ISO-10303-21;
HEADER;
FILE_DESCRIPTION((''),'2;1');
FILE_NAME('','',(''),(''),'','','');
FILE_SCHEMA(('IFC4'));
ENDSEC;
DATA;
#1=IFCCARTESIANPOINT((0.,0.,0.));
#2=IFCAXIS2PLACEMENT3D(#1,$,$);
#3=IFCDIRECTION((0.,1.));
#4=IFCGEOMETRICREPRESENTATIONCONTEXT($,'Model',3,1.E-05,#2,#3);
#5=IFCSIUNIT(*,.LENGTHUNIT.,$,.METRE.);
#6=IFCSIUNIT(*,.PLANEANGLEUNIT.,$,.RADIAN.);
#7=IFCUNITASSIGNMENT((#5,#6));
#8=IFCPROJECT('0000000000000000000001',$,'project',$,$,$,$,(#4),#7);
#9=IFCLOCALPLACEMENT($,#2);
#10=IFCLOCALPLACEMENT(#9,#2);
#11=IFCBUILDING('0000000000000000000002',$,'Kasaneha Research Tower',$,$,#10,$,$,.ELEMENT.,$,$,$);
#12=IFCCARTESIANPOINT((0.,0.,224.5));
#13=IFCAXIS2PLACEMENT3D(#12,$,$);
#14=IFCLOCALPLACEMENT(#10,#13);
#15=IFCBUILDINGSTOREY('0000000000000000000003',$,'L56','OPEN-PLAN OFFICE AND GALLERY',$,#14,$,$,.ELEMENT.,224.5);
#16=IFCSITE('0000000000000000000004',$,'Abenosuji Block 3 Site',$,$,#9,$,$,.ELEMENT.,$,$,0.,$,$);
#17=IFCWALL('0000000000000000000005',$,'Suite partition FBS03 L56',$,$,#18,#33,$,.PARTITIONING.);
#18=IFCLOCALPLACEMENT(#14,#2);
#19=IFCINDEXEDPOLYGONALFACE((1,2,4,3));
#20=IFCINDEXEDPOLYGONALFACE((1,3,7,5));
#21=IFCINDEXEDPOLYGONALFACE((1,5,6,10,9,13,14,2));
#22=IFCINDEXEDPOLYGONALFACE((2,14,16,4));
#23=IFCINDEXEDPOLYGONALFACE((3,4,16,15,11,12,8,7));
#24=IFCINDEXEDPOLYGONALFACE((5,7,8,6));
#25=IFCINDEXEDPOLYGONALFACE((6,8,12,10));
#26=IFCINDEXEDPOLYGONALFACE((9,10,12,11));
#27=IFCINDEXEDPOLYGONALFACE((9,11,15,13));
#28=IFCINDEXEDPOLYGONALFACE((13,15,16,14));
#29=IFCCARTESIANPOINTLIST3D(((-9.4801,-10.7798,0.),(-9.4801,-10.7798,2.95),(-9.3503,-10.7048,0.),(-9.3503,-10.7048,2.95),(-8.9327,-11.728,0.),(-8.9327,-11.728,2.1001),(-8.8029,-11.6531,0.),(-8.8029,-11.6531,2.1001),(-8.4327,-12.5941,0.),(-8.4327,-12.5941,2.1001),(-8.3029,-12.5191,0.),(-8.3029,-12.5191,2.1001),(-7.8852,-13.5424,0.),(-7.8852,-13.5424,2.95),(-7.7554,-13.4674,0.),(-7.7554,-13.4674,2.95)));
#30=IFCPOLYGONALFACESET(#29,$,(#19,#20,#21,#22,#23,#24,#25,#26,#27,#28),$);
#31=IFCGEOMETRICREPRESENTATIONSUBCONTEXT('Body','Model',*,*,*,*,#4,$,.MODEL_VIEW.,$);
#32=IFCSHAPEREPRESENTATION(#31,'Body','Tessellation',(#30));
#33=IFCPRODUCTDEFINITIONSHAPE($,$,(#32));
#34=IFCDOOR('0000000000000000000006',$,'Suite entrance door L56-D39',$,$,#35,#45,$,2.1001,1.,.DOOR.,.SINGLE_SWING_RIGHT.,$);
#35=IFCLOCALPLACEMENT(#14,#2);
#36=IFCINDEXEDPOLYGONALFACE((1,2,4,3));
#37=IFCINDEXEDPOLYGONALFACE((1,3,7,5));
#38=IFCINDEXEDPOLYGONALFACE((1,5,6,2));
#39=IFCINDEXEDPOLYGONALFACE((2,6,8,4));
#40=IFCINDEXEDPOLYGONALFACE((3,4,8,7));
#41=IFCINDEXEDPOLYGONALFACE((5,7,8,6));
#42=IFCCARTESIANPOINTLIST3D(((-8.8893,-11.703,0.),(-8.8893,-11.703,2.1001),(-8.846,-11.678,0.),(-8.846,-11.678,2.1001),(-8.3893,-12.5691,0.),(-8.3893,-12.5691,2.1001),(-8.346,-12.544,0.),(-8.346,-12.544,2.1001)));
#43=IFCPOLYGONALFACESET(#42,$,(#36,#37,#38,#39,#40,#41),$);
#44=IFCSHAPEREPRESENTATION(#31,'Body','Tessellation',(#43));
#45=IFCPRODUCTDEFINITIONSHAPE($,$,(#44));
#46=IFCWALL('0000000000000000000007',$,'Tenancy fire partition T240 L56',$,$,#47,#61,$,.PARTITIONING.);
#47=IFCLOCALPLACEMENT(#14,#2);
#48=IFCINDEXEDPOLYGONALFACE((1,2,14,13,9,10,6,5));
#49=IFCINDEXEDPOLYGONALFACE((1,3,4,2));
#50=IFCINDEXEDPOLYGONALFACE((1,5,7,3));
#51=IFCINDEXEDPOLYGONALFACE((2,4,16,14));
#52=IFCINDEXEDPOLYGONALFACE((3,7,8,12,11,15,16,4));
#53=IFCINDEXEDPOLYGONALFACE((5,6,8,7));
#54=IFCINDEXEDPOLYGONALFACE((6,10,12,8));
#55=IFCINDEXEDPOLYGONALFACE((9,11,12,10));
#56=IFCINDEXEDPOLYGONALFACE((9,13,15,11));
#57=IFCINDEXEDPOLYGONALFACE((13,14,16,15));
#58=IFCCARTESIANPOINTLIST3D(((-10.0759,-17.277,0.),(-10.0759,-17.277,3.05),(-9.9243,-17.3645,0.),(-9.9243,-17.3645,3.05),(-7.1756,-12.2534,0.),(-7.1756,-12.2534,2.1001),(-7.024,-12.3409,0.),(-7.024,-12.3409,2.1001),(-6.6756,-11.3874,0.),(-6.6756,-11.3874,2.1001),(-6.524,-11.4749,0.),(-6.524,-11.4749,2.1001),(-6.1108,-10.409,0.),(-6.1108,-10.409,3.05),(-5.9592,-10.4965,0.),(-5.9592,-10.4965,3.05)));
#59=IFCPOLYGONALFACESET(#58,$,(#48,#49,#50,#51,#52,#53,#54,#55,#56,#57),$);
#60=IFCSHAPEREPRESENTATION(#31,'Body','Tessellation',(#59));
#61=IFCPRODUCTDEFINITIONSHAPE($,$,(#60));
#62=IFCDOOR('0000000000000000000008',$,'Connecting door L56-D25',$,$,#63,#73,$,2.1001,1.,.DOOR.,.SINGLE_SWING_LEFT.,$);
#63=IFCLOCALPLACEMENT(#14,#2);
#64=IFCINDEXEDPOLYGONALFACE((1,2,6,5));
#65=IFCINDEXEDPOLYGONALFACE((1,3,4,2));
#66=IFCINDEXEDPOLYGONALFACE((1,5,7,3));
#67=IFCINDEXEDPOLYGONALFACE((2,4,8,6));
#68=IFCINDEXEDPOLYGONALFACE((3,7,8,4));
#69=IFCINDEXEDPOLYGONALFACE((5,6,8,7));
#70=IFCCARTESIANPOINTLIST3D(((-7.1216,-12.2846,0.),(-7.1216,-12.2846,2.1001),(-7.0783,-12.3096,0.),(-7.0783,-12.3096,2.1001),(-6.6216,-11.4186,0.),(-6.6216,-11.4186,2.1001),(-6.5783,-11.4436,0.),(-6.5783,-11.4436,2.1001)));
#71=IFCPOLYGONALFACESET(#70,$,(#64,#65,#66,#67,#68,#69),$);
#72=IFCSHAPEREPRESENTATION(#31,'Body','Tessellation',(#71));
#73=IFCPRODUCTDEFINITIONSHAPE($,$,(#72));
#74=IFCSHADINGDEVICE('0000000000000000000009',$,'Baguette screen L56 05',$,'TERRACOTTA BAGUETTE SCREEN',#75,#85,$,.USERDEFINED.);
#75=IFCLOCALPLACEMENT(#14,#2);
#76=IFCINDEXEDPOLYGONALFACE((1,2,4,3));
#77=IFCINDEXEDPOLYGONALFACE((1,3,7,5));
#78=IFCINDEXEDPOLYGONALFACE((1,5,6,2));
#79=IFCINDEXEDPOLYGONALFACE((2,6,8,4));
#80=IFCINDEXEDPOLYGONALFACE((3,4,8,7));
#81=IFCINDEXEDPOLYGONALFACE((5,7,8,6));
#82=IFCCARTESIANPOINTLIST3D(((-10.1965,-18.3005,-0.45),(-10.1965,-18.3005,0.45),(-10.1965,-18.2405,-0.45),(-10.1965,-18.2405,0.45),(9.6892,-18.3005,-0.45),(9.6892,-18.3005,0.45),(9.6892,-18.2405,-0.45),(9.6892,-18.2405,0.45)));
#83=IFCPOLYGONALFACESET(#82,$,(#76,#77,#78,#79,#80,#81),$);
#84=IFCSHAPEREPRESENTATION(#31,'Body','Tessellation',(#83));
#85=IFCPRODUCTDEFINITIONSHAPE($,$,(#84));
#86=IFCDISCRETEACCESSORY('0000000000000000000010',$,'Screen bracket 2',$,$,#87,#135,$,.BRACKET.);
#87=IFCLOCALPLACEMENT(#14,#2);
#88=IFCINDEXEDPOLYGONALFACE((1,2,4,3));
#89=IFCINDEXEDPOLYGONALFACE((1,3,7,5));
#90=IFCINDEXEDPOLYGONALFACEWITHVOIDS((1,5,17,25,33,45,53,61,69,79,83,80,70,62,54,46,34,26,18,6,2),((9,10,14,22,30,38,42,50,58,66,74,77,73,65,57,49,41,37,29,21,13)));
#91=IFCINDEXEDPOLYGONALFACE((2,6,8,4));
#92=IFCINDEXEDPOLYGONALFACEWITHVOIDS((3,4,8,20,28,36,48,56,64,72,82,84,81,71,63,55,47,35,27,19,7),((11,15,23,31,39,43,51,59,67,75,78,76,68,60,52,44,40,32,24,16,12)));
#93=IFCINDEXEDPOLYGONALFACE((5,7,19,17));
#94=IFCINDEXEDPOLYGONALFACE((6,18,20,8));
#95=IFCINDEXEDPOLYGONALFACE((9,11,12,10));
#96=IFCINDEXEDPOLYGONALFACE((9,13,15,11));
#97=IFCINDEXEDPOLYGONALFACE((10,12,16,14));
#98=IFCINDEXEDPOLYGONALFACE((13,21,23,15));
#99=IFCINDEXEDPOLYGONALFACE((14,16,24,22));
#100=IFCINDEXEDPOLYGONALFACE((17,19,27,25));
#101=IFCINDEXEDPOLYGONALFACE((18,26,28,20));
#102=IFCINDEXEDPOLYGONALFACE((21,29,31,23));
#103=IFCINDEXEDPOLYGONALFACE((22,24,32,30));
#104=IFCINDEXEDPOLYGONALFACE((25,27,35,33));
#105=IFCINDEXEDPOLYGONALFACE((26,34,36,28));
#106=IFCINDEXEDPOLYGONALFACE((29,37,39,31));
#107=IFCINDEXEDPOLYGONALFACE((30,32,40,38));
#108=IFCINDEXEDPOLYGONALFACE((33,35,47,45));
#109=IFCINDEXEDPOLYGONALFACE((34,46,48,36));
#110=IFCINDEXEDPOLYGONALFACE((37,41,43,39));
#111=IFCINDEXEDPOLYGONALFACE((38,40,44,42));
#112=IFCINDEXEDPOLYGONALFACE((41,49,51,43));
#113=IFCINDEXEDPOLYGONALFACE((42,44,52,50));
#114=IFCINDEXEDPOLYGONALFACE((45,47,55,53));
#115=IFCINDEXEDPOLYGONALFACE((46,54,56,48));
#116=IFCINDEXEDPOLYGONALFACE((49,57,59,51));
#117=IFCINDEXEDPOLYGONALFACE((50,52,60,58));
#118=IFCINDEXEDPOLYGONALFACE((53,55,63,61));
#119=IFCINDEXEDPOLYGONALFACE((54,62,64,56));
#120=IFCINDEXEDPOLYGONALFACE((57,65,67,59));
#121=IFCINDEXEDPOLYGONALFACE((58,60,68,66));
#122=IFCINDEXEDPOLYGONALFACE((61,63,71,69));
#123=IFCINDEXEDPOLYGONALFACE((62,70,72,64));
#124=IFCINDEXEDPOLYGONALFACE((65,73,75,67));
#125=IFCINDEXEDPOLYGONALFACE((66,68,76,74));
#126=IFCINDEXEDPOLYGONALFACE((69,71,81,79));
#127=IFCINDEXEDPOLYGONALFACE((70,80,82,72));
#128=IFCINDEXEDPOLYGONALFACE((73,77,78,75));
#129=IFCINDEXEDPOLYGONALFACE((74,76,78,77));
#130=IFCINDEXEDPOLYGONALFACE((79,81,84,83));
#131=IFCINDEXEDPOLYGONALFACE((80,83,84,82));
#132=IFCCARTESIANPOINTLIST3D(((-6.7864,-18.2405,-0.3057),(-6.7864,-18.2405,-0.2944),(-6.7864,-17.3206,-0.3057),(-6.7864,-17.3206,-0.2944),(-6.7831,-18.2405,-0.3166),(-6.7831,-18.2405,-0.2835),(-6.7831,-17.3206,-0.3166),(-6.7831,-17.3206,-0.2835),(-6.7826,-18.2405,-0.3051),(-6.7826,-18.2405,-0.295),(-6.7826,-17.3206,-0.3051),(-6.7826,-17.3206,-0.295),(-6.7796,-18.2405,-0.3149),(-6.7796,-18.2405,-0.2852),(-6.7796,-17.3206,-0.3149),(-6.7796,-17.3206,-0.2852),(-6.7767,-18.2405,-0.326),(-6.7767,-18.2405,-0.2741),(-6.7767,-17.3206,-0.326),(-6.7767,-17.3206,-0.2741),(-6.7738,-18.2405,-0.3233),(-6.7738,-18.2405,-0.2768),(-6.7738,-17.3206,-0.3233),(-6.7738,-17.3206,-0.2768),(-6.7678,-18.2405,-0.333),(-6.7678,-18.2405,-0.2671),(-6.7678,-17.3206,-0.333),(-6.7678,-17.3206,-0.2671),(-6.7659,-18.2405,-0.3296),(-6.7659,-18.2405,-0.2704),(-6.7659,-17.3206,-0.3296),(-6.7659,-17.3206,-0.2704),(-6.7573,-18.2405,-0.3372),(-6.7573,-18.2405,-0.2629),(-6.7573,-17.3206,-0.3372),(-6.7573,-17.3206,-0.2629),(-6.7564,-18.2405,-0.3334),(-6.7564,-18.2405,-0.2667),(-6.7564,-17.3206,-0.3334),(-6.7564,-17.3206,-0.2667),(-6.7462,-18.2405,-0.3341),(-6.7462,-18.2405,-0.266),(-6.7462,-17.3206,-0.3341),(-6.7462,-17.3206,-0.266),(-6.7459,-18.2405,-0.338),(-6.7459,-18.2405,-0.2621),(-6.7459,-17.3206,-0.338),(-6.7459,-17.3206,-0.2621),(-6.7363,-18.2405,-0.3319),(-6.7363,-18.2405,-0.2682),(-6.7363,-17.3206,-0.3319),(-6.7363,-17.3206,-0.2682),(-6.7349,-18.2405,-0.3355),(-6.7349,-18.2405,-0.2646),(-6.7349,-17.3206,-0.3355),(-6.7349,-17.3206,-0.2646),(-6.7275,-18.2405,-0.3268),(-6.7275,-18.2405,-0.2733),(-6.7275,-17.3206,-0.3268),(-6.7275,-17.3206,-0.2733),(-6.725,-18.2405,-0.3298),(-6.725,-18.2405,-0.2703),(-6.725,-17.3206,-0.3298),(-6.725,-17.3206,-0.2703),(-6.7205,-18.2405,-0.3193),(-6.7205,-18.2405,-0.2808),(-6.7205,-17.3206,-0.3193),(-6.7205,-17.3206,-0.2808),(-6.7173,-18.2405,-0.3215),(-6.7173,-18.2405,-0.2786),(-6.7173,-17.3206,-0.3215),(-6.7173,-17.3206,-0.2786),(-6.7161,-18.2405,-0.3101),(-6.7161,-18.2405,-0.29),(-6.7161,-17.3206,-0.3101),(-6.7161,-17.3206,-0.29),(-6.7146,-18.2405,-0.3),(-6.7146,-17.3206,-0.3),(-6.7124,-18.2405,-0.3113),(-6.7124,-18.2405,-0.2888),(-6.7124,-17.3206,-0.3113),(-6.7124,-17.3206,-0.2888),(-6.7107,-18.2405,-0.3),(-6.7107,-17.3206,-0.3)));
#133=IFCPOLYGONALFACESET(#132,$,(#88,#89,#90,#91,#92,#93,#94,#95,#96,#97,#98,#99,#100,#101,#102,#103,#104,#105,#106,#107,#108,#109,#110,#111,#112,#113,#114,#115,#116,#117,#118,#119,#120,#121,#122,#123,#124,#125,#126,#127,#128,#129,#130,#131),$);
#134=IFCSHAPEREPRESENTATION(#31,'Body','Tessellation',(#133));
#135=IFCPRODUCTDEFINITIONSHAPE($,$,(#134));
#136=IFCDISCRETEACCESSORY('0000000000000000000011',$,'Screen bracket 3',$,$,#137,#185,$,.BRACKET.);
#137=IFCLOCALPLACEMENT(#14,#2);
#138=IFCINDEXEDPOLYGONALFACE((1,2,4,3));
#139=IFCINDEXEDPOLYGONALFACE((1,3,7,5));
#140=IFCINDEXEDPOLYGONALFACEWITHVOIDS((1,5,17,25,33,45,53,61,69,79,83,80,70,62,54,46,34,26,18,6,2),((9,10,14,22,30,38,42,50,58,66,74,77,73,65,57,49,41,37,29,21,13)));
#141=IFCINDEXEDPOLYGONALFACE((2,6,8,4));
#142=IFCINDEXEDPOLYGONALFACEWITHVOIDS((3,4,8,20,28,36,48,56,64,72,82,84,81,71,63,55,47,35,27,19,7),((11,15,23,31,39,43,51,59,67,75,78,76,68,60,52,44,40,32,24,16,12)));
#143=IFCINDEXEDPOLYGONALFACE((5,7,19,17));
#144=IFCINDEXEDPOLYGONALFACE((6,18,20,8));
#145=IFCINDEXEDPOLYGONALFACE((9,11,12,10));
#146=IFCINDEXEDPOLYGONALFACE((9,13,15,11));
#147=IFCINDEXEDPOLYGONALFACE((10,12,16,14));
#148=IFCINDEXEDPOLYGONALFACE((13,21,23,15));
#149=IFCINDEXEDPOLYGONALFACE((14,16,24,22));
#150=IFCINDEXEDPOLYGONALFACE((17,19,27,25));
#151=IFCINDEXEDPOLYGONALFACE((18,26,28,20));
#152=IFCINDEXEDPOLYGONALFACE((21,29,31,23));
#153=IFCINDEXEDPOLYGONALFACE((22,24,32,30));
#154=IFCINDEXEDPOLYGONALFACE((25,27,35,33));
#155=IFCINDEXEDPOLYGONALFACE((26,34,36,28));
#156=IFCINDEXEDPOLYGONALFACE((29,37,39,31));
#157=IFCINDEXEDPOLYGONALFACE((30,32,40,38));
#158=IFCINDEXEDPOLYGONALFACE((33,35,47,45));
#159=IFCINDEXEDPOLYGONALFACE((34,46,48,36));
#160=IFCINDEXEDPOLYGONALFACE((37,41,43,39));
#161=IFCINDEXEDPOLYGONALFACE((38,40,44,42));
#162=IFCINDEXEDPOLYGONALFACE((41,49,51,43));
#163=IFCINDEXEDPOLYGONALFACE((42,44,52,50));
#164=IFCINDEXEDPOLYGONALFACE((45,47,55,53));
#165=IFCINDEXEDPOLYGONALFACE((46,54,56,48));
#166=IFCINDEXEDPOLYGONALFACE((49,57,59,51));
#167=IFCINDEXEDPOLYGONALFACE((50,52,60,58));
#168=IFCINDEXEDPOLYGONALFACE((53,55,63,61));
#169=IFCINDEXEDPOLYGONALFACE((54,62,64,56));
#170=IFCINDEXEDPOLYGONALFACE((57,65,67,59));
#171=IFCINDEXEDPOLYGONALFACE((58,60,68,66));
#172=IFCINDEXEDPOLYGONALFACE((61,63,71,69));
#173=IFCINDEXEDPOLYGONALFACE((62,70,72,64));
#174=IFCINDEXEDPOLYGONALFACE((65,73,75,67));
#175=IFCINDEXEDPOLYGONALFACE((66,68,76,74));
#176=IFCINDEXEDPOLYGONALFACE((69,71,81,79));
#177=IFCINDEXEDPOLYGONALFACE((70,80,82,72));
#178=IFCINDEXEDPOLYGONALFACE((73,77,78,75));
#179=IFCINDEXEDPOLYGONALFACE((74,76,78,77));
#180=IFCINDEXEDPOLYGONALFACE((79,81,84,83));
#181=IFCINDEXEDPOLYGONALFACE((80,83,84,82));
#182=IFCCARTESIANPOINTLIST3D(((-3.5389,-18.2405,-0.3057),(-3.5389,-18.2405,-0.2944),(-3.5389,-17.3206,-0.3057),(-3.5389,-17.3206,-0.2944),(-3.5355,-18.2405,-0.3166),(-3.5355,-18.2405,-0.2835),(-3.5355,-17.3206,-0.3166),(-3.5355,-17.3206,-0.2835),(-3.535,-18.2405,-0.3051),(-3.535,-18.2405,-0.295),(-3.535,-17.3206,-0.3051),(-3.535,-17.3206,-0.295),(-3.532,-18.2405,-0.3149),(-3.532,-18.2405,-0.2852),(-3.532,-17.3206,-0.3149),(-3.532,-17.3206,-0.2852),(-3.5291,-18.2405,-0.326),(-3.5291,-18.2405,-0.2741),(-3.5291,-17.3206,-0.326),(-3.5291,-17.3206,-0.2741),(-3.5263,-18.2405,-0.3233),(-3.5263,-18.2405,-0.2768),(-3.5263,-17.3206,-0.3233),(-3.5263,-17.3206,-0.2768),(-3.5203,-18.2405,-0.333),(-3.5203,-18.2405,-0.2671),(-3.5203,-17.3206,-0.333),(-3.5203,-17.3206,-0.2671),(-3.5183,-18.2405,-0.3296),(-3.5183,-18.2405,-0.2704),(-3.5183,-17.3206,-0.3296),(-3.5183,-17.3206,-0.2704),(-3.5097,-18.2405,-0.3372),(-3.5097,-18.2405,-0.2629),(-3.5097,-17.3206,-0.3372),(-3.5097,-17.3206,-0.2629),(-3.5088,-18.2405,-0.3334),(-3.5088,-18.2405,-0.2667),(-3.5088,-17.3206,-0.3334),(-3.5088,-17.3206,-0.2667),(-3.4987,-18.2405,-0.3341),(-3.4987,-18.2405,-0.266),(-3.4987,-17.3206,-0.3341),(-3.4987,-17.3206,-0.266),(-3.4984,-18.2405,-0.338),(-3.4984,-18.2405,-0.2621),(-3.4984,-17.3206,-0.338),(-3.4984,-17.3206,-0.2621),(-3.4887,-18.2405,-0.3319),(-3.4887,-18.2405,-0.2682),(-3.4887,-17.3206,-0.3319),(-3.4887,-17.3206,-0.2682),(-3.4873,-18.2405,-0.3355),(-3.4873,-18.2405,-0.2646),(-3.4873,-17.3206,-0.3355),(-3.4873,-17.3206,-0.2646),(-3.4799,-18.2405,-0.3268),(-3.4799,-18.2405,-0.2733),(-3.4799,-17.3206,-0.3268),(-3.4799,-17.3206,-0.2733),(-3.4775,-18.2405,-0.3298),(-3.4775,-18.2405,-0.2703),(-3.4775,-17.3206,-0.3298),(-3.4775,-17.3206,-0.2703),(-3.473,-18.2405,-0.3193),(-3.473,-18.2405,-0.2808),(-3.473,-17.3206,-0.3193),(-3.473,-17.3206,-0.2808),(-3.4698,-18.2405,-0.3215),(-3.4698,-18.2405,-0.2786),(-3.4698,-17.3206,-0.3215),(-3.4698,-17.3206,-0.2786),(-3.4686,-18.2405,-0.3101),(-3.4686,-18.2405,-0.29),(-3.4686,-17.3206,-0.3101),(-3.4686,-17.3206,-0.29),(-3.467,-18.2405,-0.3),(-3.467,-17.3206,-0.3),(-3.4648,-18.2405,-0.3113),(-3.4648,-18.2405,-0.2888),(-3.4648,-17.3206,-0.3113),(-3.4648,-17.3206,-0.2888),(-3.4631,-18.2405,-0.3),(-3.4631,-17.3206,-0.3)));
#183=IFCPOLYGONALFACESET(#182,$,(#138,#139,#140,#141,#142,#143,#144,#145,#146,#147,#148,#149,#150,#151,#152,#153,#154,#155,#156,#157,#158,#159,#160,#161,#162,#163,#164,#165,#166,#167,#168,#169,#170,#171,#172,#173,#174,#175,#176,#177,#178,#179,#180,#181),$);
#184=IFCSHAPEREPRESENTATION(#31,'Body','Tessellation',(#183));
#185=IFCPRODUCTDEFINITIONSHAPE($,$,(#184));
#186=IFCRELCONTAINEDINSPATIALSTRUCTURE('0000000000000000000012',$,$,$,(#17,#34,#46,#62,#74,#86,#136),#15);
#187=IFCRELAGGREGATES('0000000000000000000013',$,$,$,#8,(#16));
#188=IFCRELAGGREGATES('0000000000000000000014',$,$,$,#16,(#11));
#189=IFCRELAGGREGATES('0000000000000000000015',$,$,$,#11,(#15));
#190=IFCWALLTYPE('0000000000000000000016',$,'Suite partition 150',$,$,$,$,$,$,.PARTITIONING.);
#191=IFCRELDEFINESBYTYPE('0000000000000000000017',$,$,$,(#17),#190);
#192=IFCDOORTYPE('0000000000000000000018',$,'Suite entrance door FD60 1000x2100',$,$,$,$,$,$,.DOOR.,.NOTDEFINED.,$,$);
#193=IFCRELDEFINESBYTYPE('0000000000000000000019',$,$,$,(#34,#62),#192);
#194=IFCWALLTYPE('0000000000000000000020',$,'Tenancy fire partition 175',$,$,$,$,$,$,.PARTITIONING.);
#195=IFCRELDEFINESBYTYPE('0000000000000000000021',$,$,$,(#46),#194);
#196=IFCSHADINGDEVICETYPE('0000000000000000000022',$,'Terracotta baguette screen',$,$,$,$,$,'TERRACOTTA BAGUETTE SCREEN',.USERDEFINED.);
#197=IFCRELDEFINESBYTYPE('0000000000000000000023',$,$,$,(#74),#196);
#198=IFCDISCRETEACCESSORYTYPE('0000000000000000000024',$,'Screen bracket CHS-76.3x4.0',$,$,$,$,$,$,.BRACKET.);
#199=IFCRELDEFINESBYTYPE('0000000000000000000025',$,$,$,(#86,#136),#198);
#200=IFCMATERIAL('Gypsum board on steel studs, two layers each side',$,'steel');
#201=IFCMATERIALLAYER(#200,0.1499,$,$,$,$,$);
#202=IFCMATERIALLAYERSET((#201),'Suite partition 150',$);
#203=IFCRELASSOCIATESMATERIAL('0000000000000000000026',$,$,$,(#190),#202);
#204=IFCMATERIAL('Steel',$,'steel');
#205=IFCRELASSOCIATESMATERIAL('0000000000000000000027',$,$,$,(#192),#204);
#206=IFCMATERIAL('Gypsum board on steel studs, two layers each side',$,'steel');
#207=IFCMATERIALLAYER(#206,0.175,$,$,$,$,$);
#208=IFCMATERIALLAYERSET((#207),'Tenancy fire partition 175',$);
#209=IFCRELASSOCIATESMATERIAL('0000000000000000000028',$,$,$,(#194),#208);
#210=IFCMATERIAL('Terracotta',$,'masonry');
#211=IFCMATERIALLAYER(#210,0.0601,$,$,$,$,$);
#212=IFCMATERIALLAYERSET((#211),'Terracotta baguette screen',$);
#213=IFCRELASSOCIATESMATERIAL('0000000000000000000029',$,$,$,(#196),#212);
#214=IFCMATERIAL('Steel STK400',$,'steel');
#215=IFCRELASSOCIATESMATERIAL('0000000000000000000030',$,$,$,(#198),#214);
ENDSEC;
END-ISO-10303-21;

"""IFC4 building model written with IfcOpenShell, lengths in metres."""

from ifc_helpers import new_model, si_unit, direction, frame, frame_2d, origin, origin_2d, place, context, subcontext, project, spatial, rectangle, hollow_circle, extrude, material, layer, layer_set, material_profile, profile_set, type_object, element, fill, save


model = new_model("IFC4")

# Units and contexts
model_context = context("Model", 3, precision=1e-05, world=origin(), true_north=direction((0.0, 1.0)))
body_context = subcontext(model_context, "Body", "Model", "MODEL_VIEW")
ifc_project = project(units=[si_unit("LENGTHUNIT", "METRE"), si_unit("PLANEANGLEUNIT", "RADIAN")], contexts=[model_context])

# Site, building, storey
site_placement = place(None, origin())
site = spatial("IfcSite", under=ifc_project, at=site_placement, Name="Abenosuji Block 3 Site", CompositionType="ELEMENT", RefElevation=0.0)
building_placement = place(site_placement, origin())
building = spatial("IfcBuilding", under=site, at=building_placement, Name="Kasaneha Research Tower", CompositionType="ELEMENT")
storey_placement = place(building_placement, frame((0.0, 0.0, 224.5)))
storey = spatial("IfcBuildingStorey", under=building, at=storey_placement, Name="L56", Description="OPEN-PLAN OFFICE AND GALLERY", CompositionType="ELEMENT", Elevation=224.5)

# Walls, openings, doors
ifc_material_1 = material(Name="Gypsum board on steel studs, two layers each side", Category="steel")
ifc_layer_1 = layer(ifc_material_1, 0.1499)
ifc_layer_set_1 = layer_set([ifc_layer_1], Name="Suite partition 150")
wall_type_1 = type_object("IfcWallType", Name="Suite partition 150", PredefinedType="PARTITIONING", material=ifc_layer_set_1)
wall_1_placement = place(storey_placement, frame((-7.8203, -13.5049, 0.0), z_axis=(0.0, 0.0, 1.0), x_axis=(-0.499983, 0.866035, 0.0)))
wall_1 = element("IfcWall", 1, at=wall_1_placement, inside=storey, type_object=wall_type_1, Name="Suite partition FBS03 L56", PredefinedType="PARTITIONING", context=body_context, shape_type="SweptSolid", body=[
    extrude(rectangle(XDim=3.1899, YDim=0.1499, at=frame_2d((1.595, 0.0))), origin(), (0.0, 0.0, 1.0), 2.95),
])
opening_1_placement = place(wall_1_placement, frame((1.095, 0.0, 0.0)))
opening_1 = element("IfcOpeningElement", 2, at=opening_1_placement, cuts=wall_1, PredefinedType="OPENING", context=body_context, shape_type="SweptSolid", body=[
    extrude(rectangle(XDim=1.0, YDim=2.1001, at=frame_2d((0.5, 1.05))), frame((0.0, 0.085, 0.0), z_axis=(0.0, -1.0, 0.0), x_axis=(1.0, 0.0, 0.0)), (0.0, 0.0, 1.0), 0.1699),
])
ifc_material_2 = material(Name="Steel", Category="steel")
door_type_1 = type_object("IfcDoorType", Name="Suite entrance door FD60 1000x2100", OperationType="NOTDEFINED", PredefinedType="DOOR", material=ifc_material_2)
door_1_placement = place(opening_1_placement, origin())
door_1 = element("IfcDoor", 3, at=door_1_placement, inside=storey, type_object=door_type_1, Name="Suite entrance door L56-D39", OperationType="SINGLE_SWING_RIGHT", OverallHeight=2.1001, OverallWidth=1.0, PredefinedType="DOOR", context=body_context, shape_type="SweptSolid", body=[
    extrude(rectangle(XDim=1.0, YDim=2.1001, at=frame_2d((0.5, 1.05))), frame((0.0, 0.0249, 0.0), z_axis=(0.0, -1.0, 0.0), x_axis=(1.0, 0.0, 0.0)), (0.0, 0.0, 1.0), 0.05),
])
fill(opening_1, door_1)
ifc_material_3 = material(Name="Gypsum board on steel studs, two layers each side", Category="steel")
ifc_layer_2 = layer(ifc_material_3, 0.175)
ifc_layer_set_2 = layer_set([ifc_layer_2], Name="Tenancy fire partition 175")
wall_type_2 = type_object("IfcWallType", Name="Tenancy fire partition 175", PredefinedType="PARTITIONING", material=ifc_layer_set_2)
wall_2_placement = place(storey_placement, frame((-6.0349, -10.4526, 0.0), z_axis=(0.0, 0.0, 1.0), x_axis=(-0.49999, -0.866031, 0.0)))
wall_2 = element("IfcWall", 4, at=wall_2_placement, inside=storey, type_object=wall_type_2, Name="Tenancy fire partition T240 L56", PredefinedType="PARTITIONING", context=body_context, shape_type="SweptSolid", body=[
    extrude(rectangle(XDim=7.9304, YDim=0.175, at=frame_2d((3.9653, 0.0))), origin(), (0.0, 0.0, 1.0), 3.05),
])
opening_2_placement = place(wall_2_placement, frame((1.1299, 0.0, 0.0)))
opening_2 = element("IfcOpeningElement", 5, at=opening_2_placement, cuts=wall_2, PredefinedType="OPENING", context=body_context, shape_type="SweptSolid", body=[
    extrude(rectangle(XDim=1.0, YDim=2.1001, at=frame_2d((0.5, 1.05))), frame((0.0, 0.0977, 0.0), z_axis=(0.0, -1.0, 0.0), x_axis=(1.0, 0.0, 0.0)), (0.0, 0.0, 1.0), 0.1951),
])
door_2_placement = place(opening_2_placement, origin())
door_2 = element("IfcDoor", 6, at=door_2_placement, inside=storey, type_object=door_type_1, Name="Connecting door L56-D25", OperationType="SINGLE_SWING_LEFT", OverallHeight=2.1001, OverallWidth=1.0, PredefinedType="DOOR", context=body_context, shape_type="SweptSolid", body=[
    extrude(rectangle(XDim=1.0, YDim=2.1001, at=frame_2d((0.5, 1.05))), frame((0.0, 0.0249, 0.0), z_axis=(0.0, -1.0, 0.0), x_axis=(1.0, 0.0, 0.0)), (0.0, 0.0, 1.0), 0.05),
])
fill(opening_2, door_2)

# Shading device
ifc_material_4 = material(Name="Terracotta", Category="masonry")
ifc_layer_3 = layer(ifc_material_4, 0.0601)
ifc_layer_set_3 = layer_set([ifc_layer_3], Name="Terracotta baguette screen")
shading_device_type = type_object("IfcShadingDeviceType", Name="Terracotta baguette screen", ElementType="TERRACOTTA BAGUETTE SCREEN", PredefinedType="USERDEFINED", material=ifc_layer_set_3)
shading_device_placement = place(storey_placement, frame((-0.2537, -18.2705, -0.45), z_axis=(0.0, 0.0, 1.0), x_axis=(1.0, 0.0, 0.0)))
element("IfcShadingDevice", 7, at=shading_device_placement, inside=storey, type_object=shading_device_type, Name="Baguette screen L56 05", ObjectType="TERRACOTTA BAGUETTE SCREEN", PredefinedType="USERDEFINED", context=body_context, shape_type="SweptSolid", body=[
    extrude(rectangle(XDim=19.8857, YDim=0.0601, at=origin_2d()), origin(), (0.0, 0.0, 1.0), 0.8999),
])

# Discrete accessories
ifc_material_5 = material(Name="Steel STK400", Category="steel")
ifc_material_profile_1 = material_profile(ifc_material_5, hollow_circle(Radius=0.0381, WallThickness=0.0039, at=origin_2d()), Name="CHS-76.3x4.0")
ifc_profile_set_1 = profile_set([ifc_material_profile_1], Name="Steel STK400")
discrete_accessory_type = type_object("IfcDiscreteAccessoryType", Name="Screen bracket CHS-76.3x4.0", PredefinedType="BRACKET", material=ifc_profile_set_1)
for number, where, z_axis, x_axis, name in (
    (8, (-6.7488, -17.3206, -0.3), (0.0, -1.0, 0.0), (1.0, 0.0, 0.0), "Screen bracket 2"),
    (9, (-3.5012, -17.3206, -0.3), (0.0, -1.0, 0.0), (1.0, 0.0, 0.0), "Screen bracket 3"),
):
    element("IfcDiscreteAccessory", number, at=place(storey_placement, frame(where, z_axis=z_axis, x_axis=x_axis)), inside=storey, type_object=discrete_accessory_type, Name=name, PredefinedType="BRACKET", context=body_context, shape_type="SweptSolid", body=[
        extrude(hollow_circle(Radius=0.0381, WallThickness=0.0039, at=origin_2d()), origin(), (0.0, 0.0, 1.0), 0.9199),
    ])

save(model, "model.ifc")
